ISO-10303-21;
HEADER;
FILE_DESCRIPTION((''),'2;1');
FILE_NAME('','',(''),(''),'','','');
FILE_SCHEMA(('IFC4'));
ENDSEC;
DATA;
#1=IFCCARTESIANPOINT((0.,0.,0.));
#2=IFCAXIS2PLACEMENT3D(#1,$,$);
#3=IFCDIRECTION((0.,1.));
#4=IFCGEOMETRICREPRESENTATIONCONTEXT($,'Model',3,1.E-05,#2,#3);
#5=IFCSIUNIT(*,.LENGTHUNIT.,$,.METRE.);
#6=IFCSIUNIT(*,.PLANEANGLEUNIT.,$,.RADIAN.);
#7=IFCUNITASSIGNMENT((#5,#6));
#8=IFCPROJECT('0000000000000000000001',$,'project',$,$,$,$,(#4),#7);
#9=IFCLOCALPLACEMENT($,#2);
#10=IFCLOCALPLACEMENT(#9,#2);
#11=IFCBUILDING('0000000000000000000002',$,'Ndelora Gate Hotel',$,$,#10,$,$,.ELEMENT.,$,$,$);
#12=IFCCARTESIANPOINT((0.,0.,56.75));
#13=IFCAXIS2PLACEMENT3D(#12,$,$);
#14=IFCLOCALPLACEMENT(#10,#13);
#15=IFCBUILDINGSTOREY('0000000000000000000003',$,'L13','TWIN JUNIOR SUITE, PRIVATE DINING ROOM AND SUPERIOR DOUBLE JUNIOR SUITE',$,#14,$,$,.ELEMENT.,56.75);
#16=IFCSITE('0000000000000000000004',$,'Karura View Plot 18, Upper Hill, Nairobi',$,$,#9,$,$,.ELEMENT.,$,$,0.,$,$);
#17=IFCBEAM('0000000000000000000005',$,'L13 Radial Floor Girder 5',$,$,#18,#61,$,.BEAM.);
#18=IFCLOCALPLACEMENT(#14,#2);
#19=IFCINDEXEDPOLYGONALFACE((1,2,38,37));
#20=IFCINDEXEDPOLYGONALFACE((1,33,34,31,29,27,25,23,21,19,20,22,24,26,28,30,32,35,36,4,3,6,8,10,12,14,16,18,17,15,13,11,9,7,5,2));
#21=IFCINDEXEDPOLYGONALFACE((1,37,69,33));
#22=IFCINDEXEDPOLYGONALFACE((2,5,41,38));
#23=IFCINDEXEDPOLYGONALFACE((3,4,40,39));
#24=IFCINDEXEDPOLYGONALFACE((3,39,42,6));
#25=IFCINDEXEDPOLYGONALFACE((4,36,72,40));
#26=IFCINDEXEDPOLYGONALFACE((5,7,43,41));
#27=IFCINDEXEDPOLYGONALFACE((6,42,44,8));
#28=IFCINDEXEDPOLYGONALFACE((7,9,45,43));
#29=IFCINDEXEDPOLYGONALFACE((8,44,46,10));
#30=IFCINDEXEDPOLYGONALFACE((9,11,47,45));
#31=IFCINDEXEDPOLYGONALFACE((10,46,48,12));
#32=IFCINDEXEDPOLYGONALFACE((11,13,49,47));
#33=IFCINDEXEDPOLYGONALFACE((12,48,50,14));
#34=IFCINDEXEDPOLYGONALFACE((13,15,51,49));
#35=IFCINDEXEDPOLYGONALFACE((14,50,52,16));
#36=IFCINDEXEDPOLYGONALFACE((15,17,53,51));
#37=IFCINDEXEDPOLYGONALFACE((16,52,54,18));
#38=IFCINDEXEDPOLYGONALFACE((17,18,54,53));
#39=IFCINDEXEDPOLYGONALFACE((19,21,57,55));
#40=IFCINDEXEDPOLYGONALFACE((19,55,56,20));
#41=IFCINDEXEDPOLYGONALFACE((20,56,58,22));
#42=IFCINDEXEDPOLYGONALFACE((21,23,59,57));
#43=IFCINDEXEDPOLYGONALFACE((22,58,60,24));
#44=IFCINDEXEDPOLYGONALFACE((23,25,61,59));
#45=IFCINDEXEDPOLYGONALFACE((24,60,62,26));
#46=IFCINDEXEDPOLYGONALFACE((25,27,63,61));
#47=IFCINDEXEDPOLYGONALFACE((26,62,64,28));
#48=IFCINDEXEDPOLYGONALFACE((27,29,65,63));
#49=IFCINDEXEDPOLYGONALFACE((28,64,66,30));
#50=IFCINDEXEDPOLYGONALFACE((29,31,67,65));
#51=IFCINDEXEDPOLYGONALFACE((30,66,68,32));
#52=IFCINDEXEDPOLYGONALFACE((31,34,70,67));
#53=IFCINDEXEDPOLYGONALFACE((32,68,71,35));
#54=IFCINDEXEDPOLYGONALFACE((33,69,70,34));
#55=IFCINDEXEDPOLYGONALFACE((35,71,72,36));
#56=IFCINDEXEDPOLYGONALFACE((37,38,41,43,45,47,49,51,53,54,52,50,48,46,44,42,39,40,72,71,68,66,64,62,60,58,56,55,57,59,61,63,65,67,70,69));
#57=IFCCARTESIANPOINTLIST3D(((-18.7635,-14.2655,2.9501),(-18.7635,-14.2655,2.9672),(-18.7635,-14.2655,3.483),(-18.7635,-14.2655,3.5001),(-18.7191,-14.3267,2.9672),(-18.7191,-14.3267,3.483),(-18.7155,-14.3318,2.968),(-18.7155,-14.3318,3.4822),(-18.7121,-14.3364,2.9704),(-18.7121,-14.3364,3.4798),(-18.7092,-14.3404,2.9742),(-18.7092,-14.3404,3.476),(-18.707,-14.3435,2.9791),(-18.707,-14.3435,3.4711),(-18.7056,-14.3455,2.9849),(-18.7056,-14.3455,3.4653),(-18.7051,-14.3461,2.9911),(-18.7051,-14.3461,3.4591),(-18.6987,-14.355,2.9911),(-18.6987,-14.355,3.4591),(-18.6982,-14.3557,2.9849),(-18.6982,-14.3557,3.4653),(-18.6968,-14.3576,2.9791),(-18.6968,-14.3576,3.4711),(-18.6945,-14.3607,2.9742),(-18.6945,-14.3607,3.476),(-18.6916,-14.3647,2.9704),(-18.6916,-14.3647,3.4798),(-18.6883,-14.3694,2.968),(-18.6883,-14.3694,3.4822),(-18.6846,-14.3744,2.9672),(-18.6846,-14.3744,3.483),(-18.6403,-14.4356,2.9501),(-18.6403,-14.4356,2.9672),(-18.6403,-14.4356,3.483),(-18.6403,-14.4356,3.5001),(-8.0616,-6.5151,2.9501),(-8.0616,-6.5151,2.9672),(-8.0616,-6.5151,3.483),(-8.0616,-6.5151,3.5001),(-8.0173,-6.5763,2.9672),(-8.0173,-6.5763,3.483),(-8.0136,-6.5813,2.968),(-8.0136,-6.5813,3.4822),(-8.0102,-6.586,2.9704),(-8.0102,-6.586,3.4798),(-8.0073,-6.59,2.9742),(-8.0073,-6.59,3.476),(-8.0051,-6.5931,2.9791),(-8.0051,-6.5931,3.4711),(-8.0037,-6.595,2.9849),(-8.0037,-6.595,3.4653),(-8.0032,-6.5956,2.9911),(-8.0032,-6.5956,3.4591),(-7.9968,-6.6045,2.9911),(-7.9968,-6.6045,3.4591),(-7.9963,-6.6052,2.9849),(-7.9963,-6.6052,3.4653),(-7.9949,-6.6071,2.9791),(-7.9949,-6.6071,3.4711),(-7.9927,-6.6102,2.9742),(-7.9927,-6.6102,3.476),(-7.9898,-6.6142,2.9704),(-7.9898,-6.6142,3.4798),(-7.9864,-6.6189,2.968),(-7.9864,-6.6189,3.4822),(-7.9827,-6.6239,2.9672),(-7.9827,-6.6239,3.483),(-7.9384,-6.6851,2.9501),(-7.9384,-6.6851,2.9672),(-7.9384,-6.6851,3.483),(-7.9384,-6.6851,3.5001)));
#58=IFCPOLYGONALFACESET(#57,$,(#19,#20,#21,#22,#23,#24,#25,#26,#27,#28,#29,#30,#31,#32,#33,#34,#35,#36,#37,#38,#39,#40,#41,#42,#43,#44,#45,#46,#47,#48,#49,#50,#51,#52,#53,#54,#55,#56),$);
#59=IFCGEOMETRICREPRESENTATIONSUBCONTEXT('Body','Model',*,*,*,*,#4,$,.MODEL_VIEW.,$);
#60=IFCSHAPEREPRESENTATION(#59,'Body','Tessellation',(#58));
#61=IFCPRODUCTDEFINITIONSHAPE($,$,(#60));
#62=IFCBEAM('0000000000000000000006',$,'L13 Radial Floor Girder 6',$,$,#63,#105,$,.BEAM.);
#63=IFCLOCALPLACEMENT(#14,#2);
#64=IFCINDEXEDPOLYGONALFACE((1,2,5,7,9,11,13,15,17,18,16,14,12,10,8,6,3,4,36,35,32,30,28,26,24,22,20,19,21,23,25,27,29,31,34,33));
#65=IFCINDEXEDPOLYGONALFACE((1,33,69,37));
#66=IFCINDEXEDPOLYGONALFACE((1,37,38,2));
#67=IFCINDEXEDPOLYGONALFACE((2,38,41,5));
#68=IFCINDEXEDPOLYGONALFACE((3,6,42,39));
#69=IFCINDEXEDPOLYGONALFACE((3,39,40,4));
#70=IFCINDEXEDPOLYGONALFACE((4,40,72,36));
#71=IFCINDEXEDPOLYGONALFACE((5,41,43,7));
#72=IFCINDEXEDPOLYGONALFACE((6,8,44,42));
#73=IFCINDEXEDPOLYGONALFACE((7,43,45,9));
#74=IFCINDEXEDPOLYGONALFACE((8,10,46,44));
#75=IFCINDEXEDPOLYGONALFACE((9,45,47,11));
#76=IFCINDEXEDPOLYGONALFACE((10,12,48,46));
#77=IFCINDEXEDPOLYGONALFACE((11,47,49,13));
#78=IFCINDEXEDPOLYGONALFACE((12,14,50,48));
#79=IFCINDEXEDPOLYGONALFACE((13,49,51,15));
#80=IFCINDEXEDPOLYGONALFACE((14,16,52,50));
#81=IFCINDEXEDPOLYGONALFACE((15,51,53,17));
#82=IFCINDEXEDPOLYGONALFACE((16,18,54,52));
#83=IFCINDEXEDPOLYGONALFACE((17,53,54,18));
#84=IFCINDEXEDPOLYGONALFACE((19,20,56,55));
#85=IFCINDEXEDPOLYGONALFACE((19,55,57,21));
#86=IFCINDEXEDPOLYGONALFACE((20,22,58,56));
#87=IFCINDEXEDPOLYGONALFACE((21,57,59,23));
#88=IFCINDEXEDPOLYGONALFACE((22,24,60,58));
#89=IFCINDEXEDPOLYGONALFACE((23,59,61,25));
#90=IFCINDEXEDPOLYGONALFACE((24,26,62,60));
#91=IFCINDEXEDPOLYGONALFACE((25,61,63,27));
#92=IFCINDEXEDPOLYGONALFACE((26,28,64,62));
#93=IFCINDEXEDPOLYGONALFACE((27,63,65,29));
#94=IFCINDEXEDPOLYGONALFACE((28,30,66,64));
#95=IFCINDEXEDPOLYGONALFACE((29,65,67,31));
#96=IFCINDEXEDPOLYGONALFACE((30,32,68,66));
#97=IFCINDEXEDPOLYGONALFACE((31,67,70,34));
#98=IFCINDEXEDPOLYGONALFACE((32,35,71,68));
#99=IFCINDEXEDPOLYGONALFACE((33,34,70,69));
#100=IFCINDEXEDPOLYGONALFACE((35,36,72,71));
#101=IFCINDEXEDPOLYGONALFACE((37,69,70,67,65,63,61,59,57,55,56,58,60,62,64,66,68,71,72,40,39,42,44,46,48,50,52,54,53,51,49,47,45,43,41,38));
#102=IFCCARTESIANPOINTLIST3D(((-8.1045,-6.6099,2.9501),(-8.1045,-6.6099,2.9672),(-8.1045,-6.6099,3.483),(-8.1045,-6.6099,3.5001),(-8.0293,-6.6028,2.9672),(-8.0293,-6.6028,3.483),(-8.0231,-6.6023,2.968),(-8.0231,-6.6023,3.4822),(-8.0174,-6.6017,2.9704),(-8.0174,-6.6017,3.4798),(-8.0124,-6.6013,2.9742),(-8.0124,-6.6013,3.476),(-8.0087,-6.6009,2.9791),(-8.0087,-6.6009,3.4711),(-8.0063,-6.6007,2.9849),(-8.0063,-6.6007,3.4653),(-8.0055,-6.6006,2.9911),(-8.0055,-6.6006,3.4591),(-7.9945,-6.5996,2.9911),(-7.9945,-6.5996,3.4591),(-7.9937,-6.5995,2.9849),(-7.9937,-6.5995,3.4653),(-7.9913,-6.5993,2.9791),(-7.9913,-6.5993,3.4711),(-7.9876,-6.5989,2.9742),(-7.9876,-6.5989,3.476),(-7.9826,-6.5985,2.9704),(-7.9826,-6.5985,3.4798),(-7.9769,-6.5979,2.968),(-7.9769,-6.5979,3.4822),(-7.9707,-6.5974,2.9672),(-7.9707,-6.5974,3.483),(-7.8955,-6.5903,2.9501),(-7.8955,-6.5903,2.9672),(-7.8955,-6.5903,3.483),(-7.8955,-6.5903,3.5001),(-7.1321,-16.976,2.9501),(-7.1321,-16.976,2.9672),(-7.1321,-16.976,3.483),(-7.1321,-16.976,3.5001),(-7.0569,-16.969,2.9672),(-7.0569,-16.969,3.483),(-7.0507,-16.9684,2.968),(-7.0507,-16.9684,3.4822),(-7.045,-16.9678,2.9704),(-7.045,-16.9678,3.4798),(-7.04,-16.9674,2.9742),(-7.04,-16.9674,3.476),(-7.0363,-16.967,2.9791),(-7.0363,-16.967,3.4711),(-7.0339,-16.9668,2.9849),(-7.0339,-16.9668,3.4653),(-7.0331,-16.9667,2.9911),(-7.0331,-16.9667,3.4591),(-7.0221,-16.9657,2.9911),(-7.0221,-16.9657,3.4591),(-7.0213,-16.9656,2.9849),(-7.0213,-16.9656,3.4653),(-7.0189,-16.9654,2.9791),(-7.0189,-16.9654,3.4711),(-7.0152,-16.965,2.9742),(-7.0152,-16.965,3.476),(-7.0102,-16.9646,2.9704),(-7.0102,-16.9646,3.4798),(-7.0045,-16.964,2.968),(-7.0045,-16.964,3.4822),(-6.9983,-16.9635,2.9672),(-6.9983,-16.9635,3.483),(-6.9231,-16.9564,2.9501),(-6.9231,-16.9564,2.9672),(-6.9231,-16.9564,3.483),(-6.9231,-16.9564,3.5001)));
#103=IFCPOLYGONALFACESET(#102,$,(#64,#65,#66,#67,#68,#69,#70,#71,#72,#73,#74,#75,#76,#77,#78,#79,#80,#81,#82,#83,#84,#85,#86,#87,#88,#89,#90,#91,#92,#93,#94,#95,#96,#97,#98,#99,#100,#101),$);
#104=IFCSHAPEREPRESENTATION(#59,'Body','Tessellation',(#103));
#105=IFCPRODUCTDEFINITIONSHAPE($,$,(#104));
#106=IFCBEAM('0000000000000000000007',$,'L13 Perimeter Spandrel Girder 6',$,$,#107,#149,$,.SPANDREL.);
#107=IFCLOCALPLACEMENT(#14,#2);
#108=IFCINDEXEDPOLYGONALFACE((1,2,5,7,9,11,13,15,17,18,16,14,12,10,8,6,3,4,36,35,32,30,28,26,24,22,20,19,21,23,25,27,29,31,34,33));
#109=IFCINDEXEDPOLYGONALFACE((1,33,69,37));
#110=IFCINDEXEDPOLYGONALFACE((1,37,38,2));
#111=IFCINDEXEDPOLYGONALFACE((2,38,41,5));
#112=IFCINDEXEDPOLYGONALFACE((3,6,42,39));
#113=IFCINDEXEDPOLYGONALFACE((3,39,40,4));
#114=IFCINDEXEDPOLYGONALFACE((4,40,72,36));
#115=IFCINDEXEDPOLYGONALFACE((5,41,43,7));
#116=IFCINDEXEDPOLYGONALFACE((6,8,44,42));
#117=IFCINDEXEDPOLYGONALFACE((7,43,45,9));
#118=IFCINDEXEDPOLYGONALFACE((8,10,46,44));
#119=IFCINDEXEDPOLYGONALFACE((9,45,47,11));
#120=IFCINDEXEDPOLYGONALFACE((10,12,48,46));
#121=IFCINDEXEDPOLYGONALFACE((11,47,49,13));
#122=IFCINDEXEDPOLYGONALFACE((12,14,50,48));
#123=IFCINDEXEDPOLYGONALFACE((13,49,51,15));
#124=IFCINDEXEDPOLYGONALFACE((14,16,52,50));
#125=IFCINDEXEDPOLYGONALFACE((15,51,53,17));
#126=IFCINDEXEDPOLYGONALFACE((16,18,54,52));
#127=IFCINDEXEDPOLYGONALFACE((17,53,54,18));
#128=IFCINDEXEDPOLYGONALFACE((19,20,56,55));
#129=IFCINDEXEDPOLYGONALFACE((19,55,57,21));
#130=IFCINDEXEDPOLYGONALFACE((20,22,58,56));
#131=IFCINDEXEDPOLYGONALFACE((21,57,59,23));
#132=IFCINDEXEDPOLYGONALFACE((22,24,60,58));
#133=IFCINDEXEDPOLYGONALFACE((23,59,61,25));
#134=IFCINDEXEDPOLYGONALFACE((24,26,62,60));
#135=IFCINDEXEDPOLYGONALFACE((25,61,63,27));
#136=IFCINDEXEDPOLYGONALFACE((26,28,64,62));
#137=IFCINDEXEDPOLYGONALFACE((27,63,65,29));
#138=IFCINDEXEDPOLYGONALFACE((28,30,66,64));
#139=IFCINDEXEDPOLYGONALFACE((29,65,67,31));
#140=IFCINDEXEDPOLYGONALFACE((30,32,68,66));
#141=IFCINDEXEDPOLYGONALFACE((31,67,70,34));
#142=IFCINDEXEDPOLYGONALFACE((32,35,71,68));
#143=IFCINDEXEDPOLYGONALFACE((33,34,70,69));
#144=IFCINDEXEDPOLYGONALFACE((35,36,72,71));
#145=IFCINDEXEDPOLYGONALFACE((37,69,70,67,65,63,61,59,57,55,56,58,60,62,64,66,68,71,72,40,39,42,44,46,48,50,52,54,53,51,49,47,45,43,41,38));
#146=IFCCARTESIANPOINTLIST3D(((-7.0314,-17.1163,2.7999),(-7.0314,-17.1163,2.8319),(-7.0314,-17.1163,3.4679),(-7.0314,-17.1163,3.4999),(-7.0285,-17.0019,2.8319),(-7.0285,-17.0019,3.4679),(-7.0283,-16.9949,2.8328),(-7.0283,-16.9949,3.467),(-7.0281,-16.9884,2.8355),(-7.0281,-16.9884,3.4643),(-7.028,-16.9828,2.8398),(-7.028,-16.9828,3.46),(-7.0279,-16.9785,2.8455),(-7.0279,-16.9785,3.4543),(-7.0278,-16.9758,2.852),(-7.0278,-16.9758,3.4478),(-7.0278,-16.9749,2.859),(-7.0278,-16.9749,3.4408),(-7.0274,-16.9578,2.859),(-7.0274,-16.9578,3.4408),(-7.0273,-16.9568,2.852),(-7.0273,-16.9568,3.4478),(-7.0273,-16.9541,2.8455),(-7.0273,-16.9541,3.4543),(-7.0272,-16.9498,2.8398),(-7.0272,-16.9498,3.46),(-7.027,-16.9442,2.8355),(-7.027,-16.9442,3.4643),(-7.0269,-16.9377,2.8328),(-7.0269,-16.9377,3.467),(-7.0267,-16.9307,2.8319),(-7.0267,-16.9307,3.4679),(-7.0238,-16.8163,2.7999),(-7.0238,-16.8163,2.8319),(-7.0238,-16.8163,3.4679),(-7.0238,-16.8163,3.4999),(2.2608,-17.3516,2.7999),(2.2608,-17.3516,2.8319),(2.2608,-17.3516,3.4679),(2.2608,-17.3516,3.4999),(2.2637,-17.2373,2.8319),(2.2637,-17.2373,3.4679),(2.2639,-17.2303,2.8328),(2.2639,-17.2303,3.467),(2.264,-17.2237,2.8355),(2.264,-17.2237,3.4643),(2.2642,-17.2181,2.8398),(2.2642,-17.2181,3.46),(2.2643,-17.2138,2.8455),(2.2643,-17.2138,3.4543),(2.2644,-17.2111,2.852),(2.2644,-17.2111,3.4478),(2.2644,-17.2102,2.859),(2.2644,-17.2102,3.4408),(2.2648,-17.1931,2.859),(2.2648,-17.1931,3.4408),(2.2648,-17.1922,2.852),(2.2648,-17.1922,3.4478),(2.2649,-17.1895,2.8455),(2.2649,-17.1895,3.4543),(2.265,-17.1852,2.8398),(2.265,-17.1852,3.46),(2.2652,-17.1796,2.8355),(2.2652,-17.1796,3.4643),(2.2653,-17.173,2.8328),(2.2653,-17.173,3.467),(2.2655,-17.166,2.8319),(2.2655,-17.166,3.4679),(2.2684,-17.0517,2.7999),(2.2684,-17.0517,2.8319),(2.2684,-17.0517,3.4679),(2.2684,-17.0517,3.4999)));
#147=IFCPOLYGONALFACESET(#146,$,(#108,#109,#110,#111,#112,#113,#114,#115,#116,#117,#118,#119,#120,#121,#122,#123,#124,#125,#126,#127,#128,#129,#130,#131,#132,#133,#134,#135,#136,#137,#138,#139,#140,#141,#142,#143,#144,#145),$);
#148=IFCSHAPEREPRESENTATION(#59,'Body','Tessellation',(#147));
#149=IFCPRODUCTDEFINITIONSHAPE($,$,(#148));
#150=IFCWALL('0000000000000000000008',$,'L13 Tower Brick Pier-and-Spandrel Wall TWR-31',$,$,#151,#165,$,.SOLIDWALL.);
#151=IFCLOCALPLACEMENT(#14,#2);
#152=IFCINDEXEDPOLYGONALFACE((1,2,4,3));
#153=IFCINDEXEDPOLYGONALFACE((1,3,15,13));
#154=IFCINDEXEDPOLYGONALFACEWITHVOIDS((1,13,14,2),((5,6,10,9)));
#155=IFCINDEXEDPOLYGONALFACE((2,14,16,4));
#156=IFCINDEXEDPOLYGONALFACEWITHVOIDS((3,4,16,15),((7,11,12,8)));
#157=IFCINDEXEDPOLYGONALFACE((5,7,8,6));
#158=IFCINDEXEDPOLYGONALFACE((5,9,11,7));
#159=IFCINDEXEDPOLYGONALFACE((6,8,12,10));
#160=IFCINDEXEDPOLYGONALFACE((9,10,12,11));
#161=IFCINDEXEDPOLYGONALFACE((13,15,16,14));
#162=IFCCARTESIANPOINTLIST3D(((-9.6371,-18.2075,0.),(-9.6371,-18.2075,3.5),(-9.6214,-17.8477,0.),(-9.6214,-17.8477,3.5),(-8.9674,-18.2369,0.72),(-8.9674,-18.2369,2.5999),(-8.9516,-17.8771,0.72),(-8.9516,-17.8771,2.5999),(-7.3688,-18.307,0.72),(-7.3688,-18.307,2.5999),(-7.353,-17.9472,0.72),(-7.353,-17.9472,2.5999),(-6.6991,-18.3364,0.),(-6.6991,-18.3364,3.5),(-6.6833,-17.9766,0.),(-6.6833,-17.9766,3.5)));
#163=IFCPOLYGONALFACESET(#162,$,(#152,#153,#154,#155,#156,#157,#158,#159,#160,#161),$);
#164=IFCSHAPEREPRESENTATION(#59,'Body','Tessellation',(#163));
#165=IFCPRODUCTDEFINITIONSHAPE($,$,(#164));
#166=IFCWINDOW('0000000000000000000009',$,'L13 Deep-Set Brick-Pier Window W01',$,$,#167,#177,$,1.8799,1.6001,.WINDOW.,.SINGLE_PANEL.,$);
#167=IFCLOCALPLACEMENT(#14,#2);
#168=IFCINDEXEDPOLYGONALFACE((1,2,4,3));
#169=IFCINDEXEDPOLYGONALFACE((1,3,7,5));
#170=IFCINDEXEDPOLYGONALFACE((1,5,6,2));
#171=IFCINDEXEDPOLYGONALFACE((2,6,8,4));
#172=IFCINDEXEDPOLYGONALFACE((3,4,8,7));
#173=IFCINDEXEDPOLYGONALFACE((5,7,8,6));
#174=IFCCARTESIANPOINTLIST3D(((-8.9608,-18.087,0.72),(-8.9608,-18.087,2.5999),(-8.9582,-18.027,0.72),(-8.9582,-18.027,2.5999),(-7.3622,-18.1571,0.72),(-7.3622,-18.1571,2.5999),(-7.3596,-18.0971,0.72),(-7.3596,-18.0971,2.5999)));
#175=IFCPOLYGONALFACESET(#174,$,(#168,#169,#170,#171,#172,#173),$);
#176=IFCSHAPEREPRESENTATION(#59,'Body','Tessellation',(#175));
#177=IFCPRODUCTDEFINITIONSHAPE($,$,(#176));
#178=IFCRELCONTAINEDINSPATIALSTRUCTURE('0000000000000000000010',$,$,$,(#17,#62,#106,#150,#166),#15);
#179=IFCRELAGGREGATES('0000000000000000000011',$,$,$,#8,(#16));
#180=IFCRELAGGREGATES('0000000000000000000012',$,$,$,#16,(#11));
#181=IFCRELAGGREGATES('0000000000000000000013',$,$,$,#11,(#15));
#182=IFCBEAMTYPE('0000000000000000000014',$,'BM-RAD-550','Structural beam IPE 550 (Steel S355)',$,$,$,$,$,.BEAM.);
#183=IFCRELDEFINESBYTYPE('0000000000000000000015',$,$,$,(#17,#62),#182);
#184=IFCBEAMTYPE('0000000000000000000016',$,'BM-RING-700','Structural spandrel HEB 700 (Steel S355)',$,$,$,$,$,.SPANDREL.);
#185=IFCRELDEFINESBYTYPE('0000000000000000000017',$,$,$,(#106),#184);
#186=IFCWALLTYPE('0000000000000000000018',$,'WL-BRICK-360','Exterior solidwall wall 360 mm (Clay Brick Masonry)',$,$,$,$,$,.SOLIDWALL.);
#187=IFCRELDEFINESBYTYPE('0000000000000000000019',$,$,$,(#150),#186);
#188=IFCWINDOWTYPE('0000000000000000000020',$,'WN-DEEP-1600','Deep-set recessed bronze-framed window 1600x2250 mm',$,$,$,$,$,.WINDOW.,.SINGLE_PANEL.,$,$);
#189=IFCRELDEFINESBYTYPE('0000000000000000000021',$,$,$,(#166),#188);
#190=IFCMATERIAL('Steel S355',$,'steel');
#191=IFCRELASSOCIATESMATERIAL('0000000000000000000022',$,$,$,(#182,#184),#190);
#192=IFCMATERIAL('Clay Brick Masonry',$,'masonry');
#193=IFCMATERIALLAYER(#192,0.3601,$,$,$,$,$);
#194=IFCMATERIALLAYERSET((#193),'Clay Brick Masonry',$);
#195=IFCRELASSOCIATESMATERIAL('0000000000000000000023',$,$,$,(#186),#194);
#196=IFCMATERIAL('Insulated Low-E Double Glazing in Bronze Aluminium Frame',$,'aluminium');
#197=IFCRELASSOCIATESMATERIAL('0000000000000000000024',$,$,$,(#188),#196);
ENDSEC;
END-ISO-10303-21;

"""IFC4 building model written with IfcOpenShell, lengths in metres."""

from ifc_helpers import new_model, si_unit, direction, frame, frame_2d, origin, origin_2d, place, context, subcontext, project, spatial, rectangle, i_section, extrude, material, layer, layer_set, material_profile, profile_set, type_object, element, fill, save


model = new_model("IFC4")

# Units and contexts
model_context = context("Model", 3, precision=1e-05, world=origin(), true_north=direction((0.0, 1.0)))
body_context = subcontext(model_context, "Body", "Model", "MODEL_VIEW")
ifc_project = project(units=[si_unit("LENGTHUNIT", "METRE"), si_unit("PLANEANGLEUNIT", "RADIAN")], contexts=[model_context])

# Site, building, storey
site_placement = place(None, origin())
site = spatial("IfcSite", under=ifc_project, at=site_placement, Name="Karura View Plot 18, Upper Hill, Nairobi", CompositionType="ELEMENT", RefElevation=0.0)
building_placement = place(site_placement, origin())
building = spatial("IfcBuilding", under=site, at=building_placement, Name="Ndelora Gate Hotel", CompositionType="ELEMENT")
storey_placement = place(building_placement, frame((0.0, 0.0, 56.75)))
storey = spatial("IfcBuildingStorey", under=building, at=storey_placement, Name="L13", Description="TWIN JUNIOR SUITE, PRIVATE DINING ROOM AND SUPERIOR DOUBLE JUNIOR SUITE", CompositionType="ELEMENT", Elevation=56.75)

# Beams
ifc_material_1 = material(Name="Steel S355", Category="steel")
ifc_material_profile_1 = material_profile(ifc_material_1, i_section(OverallWidth=0.21, OverallDepth=0.55, WebThickness=0.011, FlangeThickness=0.0171, FilletRadius=0.0239, at=origin_2d()), Name="IPE 550")
ifc_profile_set_1 = profile_set([ifc_material_profile_1], Name="Steel S355")
beam_type_1 = type_object("IfcBeamType", Name="BM-RAD-550", Description="Structural beam IPE 550 (Steel S355)", PredefinedType="BEAM", material=ifc_profile_set_1)
beam_1_placement = place(storey_placement, frame((-8.0, -6.6001, 3.2251), z_axis=(-0.809912, -0.586551, 0.0), x_axis=(0.586551, -0.809912, 0.0)))
element("IfcBeam", 1, at=beam_1_placement, inside=storey, type_object=beam_type_1, Name="L13 Radial Floor Girder 5", PredefinedType="BEAM", context=body_context, shape_type="SweptSolid", body=[
    extrude(i_section(OverallWidth=0.21, OverallDepth=0.55, WebThickness=0.011, FlangeThickness=0.0171, FilletRadius=0.0239, at=origin_2d()), origin(), (0.0, 0.0, 1.0), 13.2136),
])
beam_2_placement = place(storey_placement, frame((-8.0, -6.6001, 3.2251), z_axis=(0.093396, -0.995629, 0.0), x_axis=(0.995629, 0.093396, 0.0)))
element("IfcBeam", 2, at=beam_2_placement, inside=storey, type_object=beam_type_1, Name="L13 Radial Floor Girder 6", PredefinedType="BEAM", context=body_context, shape_type="SweptSolid", body=[
    extrude(i_section(OverallWidth=0.21, OverallDepth=0.55, WebThickness=0.011, FlangeThickness=0.0171, FilletRadius=0.0239, at=origin_2d()), origin(), (0.0, 0.0, 1.0), 10.4116),
])
ifc_material_profile_2 = material_profile(ifc_material_1, i_section(OverallWidth=0.3, OverallDepth=0.7, WebThickness=0.0171, FlangeThickness=0.032, FilletRadius=0.0271, at=origin_2d()), Name="HEB 700")
ifc_profile_set_2 = profile_set([ifc_material_profile_2], Name="Steel S355")
beam_type_2 = type_object("IfcBeamType", Name="BM-RING-700", Description="Structural spandrel HEB 700 (Steel S355)", PredefinedType="SPANDREL", material=ifc_profile_set_2)
beam_3_placement = place(storey_placement, frame((-7.0276, -16.9663, 3.1499), z_axis=(0.999679, -0.02532, 0.0), x_axis=(0.02532, 0.999679, 0.0)))
element("IfcBeam", 3, at=beam_3_placement, inside=storey, type_object=beam_type_2, Name="L13 Perimeter Spandrel Girder 6", PredefinedType="SPANDREL", context=body_context, shape_type="SweptSolid", body=[
    extrude(i_section(OverallWidth=0.3, OverallDepth=0.7, WebThickness=0.0171, FlangeThickness=0.032, FilletRadius=0.0271, at=origin_2d()), origin(), (0.0, 0.0, 1.0), 9.2952),
])

# Wall, opening, window
ifc_material_2 = material(Name="Clay Brick Masonry", Category="masonry")
ifc_layer_1 = layer(ifc_material_2, 0.3601)
ifc_layer_set_1 = layer_set([ifc_layer_1], Name="Clay Brick Masonry")
wall_type_1 = type_object("IfcWallType", Name="WL-BRICK-360", Description="Exterior solidwall wall 360 mm (Clay Brick Masonry)", PredefinedType="SOLIDWALL", material=ifc_layer_set_1)
wall_1_placement = place(storey_placement, frame((-6.6912, -18.1565, 0.0), z_axis=(0.0, 0.0, 1.0), x_axis=(-0.999039, 0.043834, 0.0)))
wall_1 = element("IfcWall", 4, at=wall_1_placement, inside=storey, type_object=wall_type_1, Name="L13 Tower Brick Pier-and-Spandrel Wall TWR-31", PredefinedType="SOLIDWALL", context=body_context, shape_type="SweptSolid", body=[
    extrude(rectangle(XDim=2.9409, YDim=0.3601, at=frame_2d((1.4705, 0.0))), origin(), (0.0, 0.0, 1.0), 3.5),
])
opening_1_placement = place(wall_1_placement, frame((0.6704, 0.0, 0.72)))
opening_1 = element("IfcOpeningElement", 5, at=opening_1_placement, cuts=wall_1, PredefinedType="OPENING", context=body_context, shape_type="SweptSolid", body=[
    extrude(rectangle(XDim=1.6001, YDim=1.8799, at=frame_2d((0.8, 0.9399))), frame((0.0, 0.1899, 0.0), z_axis=(0.0, -1.0, 0.0), x_axis=(1.0, 0.0, 0.0)), (0.0, 0.0, 1.0), 0.3801),
])
ifc_material_3 = material(Name="Insulated Low-E Double Glazing in Bronze Aluminium Frame", Category="aluminium")
window_type = type_object("IfcWindowType", Name="WN-DEEP-1600", Description="Deep-set recessed bronze-framed window 1600x2250 mm", PartitioningType="SINGLE_PANEL", PredefinedType="WINDOW", material=ifc_material_3)
window_1_placement = place(opening_1_placement, origin())
window_1 = element("IfcWindow", 6, at=window_1_placement, inside=storey, type_object=window_type, Name="L13 Deep-Set Brick-Pier Window W01", OverallHeight=1.8799, OverallWidth=1.6001, PartitioningType="SINGLE_PANEL", PredefinedType="WINDOW", context=body_context, shape_type="SweptSolid", body=[
    extrude(rectangle(XDim=1.6001, YDim=1.8799, at=frame_2d((0.8, 0.9399))), frame((0.0, 0.03, 0.0), z_axis=(0.0, -1.0, 0.0), x_axis=(1.0, 0.0, 0.0)), (0.0, 0.0, 1.0), 0.0601),
])
fill(opening_1, window_1)

save(model, "model.ifc")
